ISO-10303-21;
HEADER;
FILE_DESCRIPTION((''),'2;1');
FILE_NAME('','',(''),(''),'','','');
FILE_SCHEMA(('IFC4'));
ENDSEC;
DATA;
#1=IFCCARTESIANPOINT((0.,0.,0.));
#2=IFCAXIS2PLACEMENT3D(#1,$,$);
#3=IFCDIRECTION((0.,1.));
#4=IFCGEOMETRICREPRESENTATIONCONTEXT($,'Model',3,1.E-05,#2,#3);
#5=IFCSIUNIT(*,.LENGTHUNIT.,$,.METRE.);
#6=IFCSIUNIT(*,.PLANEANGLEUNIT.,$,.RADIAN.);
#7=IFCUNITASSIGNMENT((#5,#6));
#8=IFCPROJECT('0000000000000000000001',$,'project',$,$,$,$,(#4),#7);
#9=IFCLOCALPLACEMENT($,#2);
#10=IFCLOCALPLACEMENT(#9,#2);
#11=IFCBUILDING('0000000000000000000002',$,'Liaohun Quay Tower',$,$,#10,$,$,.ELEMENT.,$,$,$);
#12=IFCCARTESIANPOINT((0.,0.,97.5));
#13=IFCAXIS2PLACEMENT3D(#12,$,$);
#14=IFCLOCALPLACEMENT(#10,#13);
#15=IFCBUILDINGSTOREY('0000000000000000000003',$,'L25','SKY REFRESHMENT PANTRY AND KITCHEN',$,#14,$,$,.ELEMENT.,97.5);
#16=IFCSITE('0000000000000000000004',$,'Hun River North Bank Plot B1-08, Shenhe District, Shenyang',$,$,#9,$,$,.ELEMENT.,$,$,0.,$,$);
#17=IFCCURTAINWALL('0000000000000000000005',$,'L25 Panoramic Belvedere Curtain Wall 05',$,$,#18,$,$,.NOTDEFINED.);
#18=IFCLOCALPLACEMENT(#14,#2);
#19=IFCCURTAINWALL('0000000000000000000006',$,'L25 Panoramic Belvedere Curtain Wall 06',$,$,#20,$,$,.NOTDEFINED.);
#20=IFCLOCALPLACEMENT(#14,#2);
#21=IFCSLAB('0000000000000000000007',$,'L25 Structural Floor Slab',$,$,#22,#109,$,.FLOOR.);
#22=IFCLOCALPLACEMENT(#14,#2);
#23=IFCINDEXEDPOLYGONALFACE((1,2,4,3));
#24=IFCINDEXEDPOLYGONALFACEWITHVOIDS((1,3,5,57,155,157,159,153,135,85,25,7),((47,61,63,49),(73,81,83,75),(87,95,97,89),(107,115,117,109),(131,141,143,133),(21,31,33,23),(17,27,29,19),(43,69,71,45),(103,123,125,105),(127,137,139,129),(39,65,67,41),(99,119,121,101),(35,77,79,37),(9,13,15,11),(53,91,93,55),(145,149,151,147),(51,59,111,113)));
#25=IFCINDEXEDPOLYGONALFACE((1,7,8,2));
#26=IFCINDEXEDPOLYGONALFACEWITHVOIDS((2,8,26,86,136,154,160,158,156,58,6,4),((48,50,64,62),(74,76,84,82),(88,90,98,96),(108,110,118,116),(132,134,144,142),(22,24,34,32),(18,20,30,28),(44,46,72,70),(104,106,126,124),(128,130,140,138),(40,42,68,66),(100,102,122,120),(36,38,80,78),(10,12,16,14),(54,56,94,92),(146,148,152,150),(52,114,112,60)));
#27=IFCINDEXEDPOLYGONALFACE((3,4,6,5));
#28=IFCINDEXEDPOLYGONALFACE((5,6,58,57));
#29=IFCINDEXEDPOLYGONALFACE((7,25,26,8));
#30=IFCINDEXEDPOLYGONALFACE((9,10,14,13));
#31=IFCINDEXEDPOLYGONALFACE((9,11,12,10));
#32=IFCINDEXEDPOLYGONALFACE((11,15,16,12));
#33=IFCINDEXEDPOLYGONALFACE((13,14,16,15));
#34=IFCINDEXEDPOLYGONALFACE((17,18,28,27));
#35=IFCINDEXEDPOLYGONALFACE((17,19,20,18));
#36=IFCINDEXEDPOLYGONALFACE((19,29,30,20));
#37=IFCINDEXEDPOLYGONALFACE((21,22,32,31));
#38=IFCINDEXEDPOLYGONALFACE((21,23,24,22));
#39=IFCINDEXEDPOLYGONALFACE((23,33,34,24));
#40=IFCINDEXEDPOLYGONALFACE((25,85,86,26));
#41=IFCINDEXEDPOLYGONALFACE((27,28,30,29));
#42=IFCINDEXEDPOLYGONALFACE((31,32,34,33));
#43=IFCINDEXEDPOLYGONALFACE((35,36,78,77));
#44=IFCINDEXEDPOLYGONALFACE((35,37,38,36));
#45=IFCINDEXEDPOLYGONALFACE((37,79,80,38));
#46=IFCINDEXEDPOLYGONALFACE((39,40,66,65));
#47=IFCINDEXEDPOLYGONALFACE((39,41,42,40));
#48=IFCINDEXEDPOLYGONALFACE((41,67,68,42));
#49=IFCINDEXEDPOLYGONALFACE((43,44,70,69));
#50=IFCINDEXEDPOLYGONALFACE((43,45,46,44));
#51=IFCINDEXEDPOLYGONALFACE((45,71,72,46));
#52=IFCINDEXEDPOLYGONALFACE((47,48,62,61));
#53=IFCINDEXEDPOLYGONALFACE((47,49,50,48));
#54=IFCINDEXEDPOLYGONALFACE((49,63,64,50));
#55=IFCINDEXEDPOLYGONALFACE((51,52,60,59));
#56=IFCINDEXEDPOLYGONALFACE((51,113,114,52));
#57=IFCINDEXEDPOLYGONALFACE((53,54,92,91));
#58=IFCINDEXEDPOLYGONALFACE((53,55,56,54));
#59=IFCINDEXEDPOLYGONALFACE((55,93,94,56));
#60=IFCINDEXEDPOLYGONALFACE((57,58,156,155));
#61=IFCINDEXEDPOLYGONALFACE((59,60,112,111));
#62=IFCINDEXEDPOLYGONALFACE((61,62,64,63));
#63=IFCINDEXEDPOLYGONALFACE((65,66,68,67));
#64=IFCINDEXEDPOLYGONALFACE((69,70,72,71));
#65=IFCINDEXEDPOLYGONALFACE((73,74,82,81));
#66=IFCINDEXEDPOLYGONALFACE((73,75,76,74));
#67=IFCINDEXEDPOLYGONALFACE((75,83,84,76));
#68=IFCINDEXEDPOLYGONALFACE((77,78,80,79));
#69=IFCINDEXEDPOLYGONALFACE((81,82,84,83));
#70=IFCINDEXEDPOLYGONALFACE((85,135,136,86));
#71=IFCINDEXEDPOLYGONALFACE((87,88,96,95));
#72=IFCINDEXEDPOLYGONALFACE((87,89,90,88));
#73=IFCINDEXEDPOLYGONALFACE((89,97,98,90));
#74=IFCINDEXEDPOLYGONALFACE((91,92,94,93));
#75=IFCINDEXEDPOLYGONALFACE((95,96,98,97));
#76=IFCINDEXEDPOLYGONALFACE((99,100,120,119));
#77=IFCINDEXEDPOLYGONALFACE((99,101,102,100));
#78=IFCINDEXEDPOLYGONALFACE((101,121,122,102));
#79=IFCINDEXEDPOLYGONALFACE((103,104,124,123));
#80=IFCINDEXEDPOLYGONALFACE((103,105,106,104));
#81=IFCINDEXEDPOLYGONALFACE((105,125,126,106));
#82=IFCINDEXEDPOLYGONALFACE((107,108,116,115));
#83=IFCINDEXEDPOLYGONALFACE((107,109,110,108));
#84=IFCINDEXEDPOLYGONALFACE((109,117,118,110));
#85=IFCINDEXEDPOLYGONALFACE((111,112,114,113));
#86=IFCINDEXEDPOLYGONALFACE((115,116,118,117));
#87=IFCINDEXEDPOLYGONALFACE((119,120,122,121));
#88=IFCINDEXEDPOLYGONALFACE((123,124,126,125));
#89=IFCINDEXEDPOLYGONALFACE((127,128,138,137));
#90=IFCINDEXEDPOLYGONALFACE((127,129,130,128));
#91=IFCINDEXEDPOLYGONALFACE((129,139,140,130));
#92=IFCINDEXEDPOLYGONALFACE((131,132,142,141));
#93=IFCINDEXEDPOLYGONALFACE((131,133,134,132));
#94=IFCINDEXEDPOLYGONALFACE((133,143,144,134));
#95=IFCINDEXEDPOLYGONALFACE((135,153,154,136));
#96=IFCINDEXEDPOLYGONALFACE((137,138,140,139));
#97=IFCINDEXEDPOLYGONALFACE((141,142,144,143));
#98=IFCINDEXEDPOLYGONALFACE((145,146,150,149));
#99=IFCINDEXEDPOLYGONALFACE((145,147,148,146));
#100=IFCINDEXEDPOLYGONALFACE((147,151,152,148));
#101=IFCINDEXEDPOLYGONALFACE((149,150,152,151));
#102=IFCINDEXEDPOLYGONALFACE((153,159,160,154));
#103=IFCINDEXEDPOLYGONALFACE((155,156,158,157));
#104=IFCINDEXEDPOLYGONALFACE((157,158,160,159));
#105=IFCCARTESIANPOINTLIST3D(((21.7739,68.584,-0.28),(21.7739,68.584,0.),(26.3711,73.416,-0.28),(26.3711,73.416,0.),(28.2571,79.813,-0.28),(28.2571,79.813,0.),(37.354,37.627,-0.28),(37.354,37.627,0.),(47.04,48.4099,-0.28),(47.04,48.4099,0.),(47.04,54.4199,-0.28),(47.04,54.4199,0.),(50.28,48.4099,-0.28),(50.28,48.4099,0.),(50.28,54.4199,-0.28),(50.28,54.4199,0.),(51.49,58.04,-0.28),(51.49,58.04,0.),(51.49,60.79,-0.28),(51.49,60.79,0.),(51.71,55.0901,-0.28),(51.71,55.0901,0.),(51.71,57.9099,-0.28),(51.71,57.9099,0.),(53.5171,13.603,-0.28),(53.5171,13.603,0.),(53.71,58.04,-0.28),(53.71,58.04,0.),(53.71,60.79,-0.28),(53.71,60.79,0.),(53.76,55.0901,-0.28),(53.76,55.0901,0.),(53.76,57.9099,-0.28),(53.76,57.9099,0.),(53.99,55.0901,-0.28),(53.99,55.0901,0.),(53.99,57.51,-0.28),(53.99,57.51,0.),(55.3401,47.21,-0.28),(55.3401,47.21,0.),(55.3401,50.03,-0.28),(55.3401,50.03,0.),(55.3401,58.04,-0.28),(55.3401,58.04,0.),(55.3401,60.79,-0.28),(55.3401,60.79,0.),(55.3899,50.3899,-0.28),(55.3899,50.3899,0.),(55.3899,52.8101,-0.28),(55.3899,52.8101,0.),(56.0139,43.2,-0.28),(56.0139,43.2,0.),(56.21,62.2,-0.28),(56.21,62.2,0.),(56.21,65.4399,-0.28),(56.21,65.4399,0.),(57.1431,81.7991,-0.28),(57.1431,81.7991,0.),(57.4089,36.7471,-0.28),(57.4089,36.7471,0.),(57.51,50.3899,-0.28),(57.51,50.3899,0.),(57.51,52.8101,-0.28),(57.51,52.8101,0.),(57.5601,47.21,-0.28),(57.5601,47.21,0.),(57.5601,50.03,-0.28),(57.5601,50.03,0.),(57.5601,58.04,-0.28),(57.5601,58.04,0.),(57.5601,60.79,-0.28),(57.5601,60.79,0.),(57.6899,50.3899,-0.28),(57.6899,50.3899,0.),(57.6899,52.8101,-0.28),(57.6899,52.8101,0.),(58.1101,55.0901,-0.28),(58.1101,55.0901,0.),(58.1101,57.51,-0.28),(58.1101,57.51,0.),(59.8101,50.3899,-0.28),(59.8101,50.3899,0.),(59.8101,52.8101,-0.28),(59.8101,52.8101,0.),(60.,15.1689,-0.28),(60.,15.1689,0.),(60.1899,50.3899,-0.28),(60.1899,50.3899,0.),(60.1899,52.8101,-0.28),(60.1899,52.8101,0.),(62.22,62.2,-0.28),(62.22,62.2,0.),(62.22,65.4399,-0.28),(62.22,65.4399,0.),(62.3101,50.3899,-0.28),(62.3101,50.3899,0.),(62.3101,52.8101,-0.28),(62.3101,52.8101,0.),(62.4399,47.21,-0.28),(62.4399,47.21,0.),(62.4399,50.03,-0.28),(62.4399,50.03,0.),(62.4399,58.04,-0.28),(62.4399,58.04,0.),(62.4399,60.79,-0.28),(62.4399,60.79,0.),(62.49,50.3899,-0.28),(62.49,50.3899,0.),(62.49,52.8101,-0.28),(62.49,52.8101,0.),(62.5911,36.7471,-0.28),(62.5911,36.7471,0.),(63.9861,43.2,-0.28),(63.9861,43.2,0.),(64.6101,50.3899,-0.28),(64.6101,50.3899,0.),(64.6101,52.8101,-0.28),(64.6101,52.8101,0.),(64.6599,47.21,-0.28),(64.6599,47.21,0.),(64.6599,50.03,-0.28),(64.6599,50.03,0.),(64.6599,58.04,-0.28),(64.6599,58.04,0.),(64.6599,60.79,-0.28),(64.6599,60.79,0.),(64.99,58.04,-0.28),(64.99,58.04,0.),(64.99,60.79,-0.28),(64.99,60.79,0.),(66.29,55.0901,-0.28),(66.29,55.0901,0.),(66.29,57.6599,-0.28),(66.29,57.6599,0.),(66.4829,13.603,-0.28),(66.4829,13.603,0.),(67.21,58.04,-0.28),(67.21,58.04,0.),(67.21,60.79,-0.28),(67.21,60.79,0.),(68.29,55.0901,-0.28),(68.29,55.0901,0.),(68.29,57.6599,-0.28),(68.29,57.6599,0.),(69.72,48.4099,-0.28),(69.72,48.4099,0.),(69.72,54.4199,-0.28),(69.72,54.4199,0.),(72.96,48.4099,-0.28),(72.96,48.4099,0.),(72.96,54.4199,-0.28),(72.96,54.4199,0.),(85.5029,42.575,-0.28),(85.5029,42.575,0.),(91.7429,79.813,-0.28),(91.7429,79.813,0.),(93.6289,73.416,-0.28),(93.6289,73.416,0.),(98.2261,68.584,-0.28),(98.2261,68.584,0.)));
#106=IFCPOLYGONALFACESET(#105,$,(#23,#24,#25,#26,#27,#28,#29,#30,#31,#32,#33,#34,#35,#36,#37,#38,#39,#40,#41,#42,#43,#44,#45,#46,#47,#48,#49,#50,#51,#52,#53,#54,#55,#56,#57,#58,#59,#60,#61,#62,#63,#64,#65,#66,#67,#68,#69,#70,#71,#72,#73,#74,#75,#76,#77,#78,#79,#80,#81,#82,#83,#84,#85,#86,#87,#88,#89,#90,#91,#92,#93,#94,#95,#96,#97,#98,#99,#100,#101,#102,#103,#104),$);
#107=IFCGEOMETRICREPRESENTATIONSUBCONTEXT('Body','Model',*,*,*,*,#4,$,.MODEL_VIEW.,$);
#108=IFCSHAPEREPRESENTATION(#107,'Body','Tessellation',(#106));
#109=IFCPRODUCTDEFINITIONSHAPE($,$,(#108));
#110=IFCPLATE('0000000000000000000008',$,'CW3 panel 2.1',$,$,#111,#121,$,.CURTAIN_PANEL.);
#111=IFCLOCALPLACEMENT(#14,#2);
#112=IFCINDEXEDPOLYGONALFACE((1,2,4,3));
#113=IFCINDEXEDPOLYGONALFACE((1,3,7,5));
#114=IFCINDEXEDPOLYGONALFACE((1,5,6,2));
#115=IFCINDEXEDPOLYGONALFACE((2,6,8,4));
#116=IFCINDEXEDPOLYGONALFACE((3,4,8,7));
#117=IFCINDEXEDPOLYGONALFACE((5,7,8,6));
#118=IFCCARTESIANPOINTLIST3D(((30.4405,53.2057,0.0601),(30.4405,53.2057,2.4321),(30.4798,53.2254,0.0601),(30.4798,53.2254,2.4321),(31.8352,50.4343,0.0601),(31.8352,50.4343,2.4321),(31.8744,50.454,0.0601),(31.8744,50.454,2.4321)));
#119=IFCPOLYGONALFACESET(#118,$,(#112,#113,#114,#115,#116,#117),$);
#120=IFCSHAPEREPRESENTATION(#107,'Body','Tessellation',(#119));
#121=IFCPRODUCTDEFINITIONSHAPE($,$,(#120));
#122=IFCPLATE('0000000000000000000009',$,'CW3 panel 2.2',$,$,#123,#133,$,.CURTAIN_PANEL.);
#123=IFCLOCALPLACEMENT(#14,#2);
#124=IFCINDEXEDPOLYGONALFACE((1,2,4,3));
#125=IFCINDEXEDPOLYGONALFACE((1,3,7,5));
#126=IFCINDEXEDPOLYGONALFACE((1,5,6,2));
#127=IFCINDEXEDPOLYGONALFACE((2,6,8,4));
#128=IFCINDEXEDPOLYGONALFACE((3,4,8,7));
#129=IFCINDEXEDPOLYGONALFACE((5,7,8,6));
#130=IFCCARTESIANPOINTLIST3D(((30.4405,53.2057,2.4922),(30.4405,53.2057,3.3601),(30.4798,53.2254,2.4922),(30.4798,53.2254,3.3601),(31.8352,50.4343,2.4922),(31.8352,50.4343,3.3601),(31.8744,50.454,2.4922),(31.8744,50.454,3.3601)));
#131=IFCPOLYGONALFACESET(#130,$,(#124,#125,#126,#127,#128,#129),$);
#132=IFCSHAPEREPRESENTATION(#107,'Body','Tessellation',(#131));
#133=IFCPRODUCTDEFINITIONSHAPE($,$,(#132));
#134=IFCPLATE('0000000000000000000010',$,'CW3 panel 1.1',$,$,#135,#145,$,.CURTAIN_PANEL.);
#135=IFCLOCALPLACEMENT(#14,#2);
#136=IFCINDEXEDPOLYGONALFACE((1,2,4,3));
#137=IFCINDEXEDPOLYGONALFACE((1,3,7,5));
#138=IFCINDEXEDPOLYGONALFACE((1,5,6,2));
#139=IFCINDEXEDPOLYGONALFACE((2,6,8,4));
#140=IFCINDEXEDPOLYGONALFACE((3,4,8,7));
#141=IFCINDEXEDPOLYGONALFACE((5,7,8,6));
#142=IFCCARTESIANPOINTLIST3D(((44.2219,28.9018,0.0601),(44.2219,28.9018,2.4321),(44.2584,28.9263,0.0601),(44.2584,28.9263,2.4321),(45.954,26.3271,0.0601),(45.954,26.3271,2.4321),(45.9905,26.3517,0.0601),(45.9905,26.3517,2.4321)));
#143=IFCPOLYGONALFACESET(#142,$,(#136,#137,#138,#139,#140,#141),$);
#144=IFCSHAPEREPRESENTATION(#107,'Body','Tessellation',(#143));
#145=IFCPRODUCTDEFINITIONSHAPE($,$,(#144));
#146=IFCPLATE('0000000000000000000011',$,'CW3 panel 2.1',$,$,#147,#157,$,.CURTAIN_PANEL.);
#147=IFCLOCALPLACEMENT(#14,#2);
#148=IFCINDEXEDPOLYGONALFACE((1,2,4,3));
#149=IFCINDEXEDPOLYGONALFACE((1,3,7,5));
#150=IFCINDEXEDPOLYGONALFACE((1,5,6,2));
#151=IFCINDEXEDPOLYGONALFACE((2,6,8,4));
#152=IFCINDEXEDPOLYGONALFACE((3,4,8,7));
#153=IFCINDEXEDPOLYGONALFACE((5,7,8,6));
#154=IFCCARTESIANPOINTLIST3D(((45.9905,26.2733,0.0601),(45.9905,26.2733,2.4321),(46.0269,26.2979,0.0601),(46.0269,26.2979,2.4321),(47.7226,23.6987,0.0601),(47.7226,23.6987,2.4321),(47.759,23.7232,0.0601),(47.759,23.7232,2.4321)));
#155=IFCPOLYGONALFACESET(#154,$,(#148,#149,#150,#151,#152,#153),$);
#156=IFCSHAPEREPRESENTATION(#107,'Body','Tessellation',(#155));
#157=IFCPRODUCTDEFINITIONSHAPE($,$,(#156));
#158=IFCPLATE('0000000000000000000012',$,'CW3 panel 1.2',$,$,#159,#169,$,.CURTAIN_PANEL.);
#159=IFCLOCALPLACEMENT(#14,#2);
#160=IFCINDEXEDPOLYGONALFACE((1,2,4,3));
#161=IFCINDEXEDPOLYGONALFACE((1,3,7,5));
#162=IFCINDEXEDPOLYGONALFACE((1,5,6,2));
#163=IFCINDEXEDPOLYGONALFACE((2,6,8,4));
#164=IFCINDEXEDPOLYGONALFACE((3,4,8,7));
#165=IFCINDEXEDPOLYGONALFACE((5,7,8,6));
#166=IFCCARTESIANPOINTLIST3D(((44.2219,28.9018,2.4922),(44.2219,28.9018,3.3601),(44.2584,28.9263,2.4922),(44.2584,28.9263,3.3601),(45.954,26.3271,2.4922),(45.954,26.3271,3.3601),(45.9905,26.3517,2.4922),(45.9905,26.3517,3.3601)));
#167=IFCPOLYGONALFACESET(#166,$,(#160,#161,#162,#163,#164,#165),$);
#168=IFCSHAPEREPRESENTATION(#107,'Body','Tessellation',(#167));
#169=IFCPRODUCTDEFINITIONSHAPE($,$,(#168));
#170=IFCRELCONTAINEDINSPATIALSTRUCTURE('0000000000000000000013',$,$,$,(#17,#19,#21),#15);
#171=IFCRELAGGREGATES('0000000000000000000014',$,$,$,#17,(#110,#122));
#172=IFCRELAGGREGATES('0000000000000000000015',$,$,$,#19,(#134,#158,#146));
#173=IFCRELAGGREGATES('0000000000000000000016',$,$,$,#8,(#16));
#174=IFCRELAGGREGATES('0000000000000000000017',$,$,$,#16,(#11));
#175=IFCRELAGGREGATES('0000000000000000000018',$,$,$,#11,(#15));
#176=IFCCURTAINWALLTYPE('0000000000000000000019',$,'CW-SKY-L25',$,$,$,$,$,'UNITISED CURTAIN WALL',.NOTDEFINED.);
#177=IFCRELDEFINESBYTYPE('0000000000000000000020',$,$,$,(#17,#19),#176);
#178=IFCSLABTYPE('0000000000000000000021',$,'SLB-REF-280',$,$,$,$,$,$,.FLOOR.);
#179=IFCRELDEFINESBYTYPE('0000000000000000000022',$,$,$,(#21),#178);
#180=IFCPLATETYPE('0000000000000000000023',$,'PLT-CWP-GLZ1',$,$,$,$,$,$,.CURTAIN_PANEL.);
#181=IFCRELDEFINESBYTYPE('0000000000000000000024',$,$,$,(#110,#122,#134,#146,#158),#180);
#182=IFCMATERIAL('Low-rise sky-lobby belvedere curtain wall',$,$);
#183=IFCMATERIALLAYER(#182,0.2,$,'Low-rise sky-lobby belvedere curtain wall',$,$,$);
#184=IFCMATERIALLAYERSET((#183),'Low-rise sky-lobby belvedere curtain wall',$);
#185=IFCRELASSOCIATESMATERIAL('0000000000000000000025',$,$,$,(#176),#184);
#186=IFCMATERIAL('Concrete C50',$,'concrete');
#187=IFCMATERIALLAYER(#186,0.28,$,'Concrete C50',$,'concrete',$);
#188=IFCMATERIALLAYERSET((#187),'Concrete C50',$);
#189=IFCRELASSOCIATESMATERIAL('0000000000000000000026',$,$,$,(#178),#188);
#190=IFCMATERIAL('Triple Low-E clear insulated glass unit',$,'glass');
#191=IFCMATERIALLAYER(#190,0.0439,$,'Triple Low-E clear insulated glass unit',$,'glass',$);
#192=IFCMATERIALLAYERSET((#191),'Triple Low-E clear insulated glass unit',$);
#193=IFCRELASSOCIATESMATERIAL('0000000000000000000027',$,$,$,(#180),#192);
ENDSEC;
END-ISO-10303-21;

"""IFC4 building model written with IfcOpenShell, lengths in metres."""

from ifc_helpers import new_model, si_unit, direction, frame, origin, origin_2d, place, context, subcontext, project, spatial, polyline, rectangle, outline, extrude, source, transform, mapped, material, layer, layer_set, type_object, element, aggregate, save


model = new_model("IFC4")

# Units and contexts
model_context = context("Model", 3, precision=1e-05, world=origin(), true_north=direction((0.0, 1.0)))
body_context = subcontext(model_context, "Body", "Model", "MODEL_VIEW")
ifc_project = project(units=[si_unit("LENGTHUNIT", "METRE"), si_unit("PLANEANGLEUNIT", "RADIAN")], contexts=[model_context])

# Site, building, storey
site_placement = place(None, origin())
site = spatial("IfcSite", under=ifc_project, at=site_placement, Name="Hun River North Bank Plot B1-08, Shenhe District, Shenyang", CompositionType="ELEMENT", RefElevation=0.0)
building_placement = place(site_placement, origin())
building = spatial("IfcBuilding", under=site, at=building_placement, Name="Liaohun Quay Tower", CompositionType="ELEMENT")
storey_placement = place(building_placement, frame((0.0, 0.0, 97.5)))
storey = spatial("IfcBuildingStorey", under=building, at=storey_placement, Name="L25", Description="SKY REFRESHMENT PANTRY AND KITCHEN", CompositionType="ELEMENT", Elevation=97.5)

# Curtain walls
ifc_material_1 = material(Name="Low-rise sky-lobby belvedere curtain wall")
ifc_layer_1 = layer(ifc_material_1, 0.2, Name="Low-rise sky-lobby belvedere curtain wall")
ifc_layer_set_1 = layer_set([ifc_layer_1], Name="Low-rise sky-lobby belvedere curtain wall")
curtain_wall_type = type_object("IfcCurtainWallType", Name="CW-SKY-L25", ElementType="UNITISED CURTAIN WALL", PredefinedType="NOTDEFINED", material=ifc_layer_set_1)
curtain_wall_1_placement = place(storey_placement, origin())
curtain_wall_1 = element("IfcCurtainWall", 1, at=curtain_wall_1_placement, inside=storey, type_object=curtain_wall_type, Name="L25 Panoramic Belvedere Curtain Wall 05", PredefinedType="NOTDEFINED")
curtain_wall_2_placement = place(storey_placement, origin())
curtain_wall_2 = element("IfcCurtainWall", 2, at=curtain_wall_2_placement, inside=storey, type_object=curtain_wall_type, Name="L25 Panoramic Belvedere Curtain Wall 06", PredefinedType="NOTDEFINED")

# Slab
ifc_material_2 = material(Name="Concrete C50", Category="concrete")
ifc_layer_2 = layer(ifc_material_2, 0.28, Name="Concrete C50", Category="concrete")
ifc_layer_set_2 = layer_set([ifc_layer_2], Name="Concrete C50")
slab_type_1 = type_object("IfcSlabType", Name="SLB-REF-280", PredefinedType="FLOOR", material=ifc_layer_set_2)
slab_1_placement = place(storey_placement, frame((0.0, 0.0, -0.28)))
element("IfcSlab", 3, at=slab_1_placement, inside=storey, type_object=slab_type_1, Name="L25 Structural Floor Slab", PredefinedType="FLOOR", context=body_context, shape_type="SweptSolid", body=[
    extrude(outline(polyline([(53.5171, 13.603), (60.0, 15.1689), (66.4829, 13.603), (85.5029, 42.575), (98.2261, 68.584), (93.6289, 73.416), (91.7429, 79.813), (57.1431, 81.7991), (28.2571, 79.813), (26.3711, 73.416), (21.7739, 68.584), (37.354, 37.627), (53.5171, 13.603)]), holes=[polyline([(57.5601, 47.21), (57.5601, 50.03), (55.3401, 50.03), (55.3401, 47.21), (57.5601, 47.21)]), polyline([(50.28, 54.4199), (47.04, 54.4199), (47.04, 48.4099), (50.28, 48.4099), (50.28, 54.4199)]), polyline([(57.51, 50.3899), (57.51, 52.8101), (55.3899, 52.8101), (55.3899, 50.3899), (57.51, 50.3899)]), polyline([(59.8101, 50.3899), (59.8101, 52.8101), (57.6899, 52.8101), (57.6899, 50.3899), (59.8101, 50.3899)]), polyline([(58.1101, 57.51), (53.99, 57.51), (53.99, 55.0901), (58.1101, 55.0901), (58.1101, 57.51)]), polyline([(53.76, 55.0901), (53.76, 57.9099), (51.71, 57.9099), (51.71, 55.0901), (53.76, 55.0901)]), polyline([(51.49, 58.04), (53.71, 58.04), (53.71, 60.79), (51.49, 60.79), (51.49, 58.04)]), polyline([(55.3401, 58.04), (57.5601, 58.04), (57.5601, 60.79), (55.3401, 60.79), (55.3401, 58.04)]), polyline([(62.5911, 36.7471), (63.9861, 43.2), (56.0139, 43.2), (57.4089, 36.7471), (62.5911, 36.7471)]), polyline([(64.6599, 47.21), (64.6599, 50.03), (62.4399, 50.03), (62.4399, 47.21), (64.6599, 47.21)]), polyline([(72.96, 54.4199), (69.72, 54.4199), (69.72, 48.4099), (72.96, 48.4099), (72.96, 54.4199)]), polyline([(62.3101, 50.3899), (62.3101, 52.8101), (60.1899, 52.8101), (60.1899, 50.3899), (62.3101, 50.3899)]), polyline([(64.6101, 50.3899), (64.6101, 52.8101), (62.49, 52.8101), (62.49, 50.3899), (64.6101, 50.3899)]), polyline([(68.29, 55.0901), (68.29, 57.6599), (66.29, 57.6599), (66.29, 55.0901), (68.29, 55.0901)]), polyline([(64.6599, 58.04), (64.6599, 60.79), (62.4399, 60.79), (62.4399, 58.04), (64.6599, 58.04)]), polyline([(64.99, 58.04), (67.21, 58.04), (67.21, 60.79), (64.99, 60.79), (64.99, 58.04)]), polyline([(56.21, 62.2), (62.22, 62.2), (62.22, 65.4399), (56.21, 65.4399), (56.21, 62.2)])]), origin(), (0.0, 0.0, 1.0), 0.28),
])

# Plates
ifc_material_3 = material(Name="Triple Low-E clear insulated glass unit", Category="glass")
ifc_layer_3 = layer(ifc_material_3, 0.0439, Name="Triple Low-E clear insulated glass unit", Category="glass")
ifc_layer_set_3 = layer_set([ifc_layer_3], Name="Triple Low-E clear insulated glass unit")
plate_type = type_object("IfcPlateType", Name="PLT-CWP-GLZ1", PredefinedType="CURTAIN_PANEL", material=ifc_layer_set_3)
shared_shape_1 = source(origin(), body_context, "Body", "SweptSolid", [
    extrude(rectangle(XDim=3.1025, YDim=0.0439, at=origin_2d()), origin(), (0.0, 0.0, 1.0), 2.3721),
])
plate_1_placement = place(storey_placement, frame((31.1575, 51.8298, 0.0601), z_axis=(0.0, 0.0, 1.0), x_axis=(0.449525, -0.893268, 0.0)))
plate_1 = element("IfcPlate", 4, at=plate_1_placement, type_object=plate_type, Name="CW3 panel 2.1", PredefinedType="CURTAIN_PANEL", context=body_context, shape_type="MappedRepresentation", body=[
    mapped(shared_shape_1, transform((0.0, 0.0, 0.0), x_axis=(1.0, 0.0, 0.0), y_axis=(0.0, 1.0, 0.0), z_axis=(0.0, 0.0, 1.0), scale=1.0)),
])
shared_shape_2 = source(origin(), body_context, "Body", "SweptSolid", [
    extrude(rectangle(XDim=3.1025, YDim=0.0439, at=origin_2d()), origin(), (0.0, 0.0, 1.0), 0.8679),
])
plate_2_placement = place(storey_placement, frame((31.1575, 51.8298, 2.4922), z_axis=(0.0, 0.0, 1.0), x_axis=(0.449525, -0.893268, 0.0)))
plate_2 = element("IfcPlate", 5, at=plate_2_placement, type_object=plate_type, Name="CW3 panel 2.2", PredefinedType="CURTAIN_PANEL", context=body_context, shape_type="MappedRepresentation", body=[
    mapped(shared_shape_2, transform((0.0, 0.0, 0.0), x_axis=(1.0, 0.0, 0.0), y_axis=(0.0, 1.0, 0.0), z_axis=(0.0, 0.0, 1.0), scale=1.0)),
])
aggregate(curtain_wall_1, [plate_1, plate_2])
shared_shape_3 = source(origin(), body_context, "Body", "SweptSolid", [
    extrude(rectangle(XDim=3.103, YDim=0.0439, at=origin_2d()), origin(), (0.0, 0.0, 1.0), 2.3721),
])
plate_3_placement = place(storey_placement, frame((45.1062, 27.6267, 0.0601), z_axis=(0.0, 0.0, 1.0), x_axis=(0.558192, -0.829712, 0.0)))
plate_3 = element("IfcPlate", 6, at=plate_3_placement, type_object=plate_type, Name="CW3 panel 1.1", PredefinedType="CURTAIN_PANEL", context=body_context, shape_type="MappedRepresentation", body=[
    mapped(shared_shape_3, transform((0.0, 0.0, 0.0), x_axis=(1.0, 0.0, 0.0), y_axis=(0.0, 1.0, 0.0), z_axis=(0.0, 0.0, 1.0), scale=1.0)),
])
plate_4_placement = place(storey_placement, frame((46.8748, 24.9983, 0.0601), z_axis=(0.0, 0.0, 1.0), x_axis=(0.558192, -0.829712, 0.0)))
plate_4 = element("IfcPlate", 7, at=plate_4_placement, type_object=plate_type, Name="CW3 panel 2.1", PredefinedType="CURTAIN_PANEL", context=body_context, shape_type="MappedRepresentation", body=[
    mapped(shared_shape_3, transform((0.0, 0.0, 0.0), x_axis=(1.0, 0.0, 0.0), y_axis=(0.0, 1.0, 0.0), z_axis=(0.0, 0.0, 1.0), scale=1.0)),
])
shared_shape_4 = source(origin(), body_context, "Body", "SweptSolid", [
    extrude(rectangle(XDim=3.103, YDim=0.0439, at=origin_2d()), origin(), (0.0, 0.0, 1.0), 0.8679),
])
plate_5_placement = place(storey_placement, frame((45.1062, 27.6267, 2.4922), z_axis=(0.0, 0.0, 1.0), x_axis=(0.558192, -0.829712, 0.0)))
plate_5 = element("IfcPlate", 8, at=plate_5_placement, type_object=plate_type, Name="CW3 panel 1.2", PredefinedType="CURTAIN_PANEL", context=body_context, shape_type="MappedRepresentation", body=[
    mapped(shared_shape_4, transform((0.0, 0.0, 0.0), x_axis=(1.0, 0.0, 0.0), y_axis=(0.0, 1.0, 0.0), z_axis=(0.0, 0.0, 1.0), scale=1.0)),
])
aggregate(curtain_wall_2, [plate_3, plate_5, plate_4])

save(model, "model.ifc")
